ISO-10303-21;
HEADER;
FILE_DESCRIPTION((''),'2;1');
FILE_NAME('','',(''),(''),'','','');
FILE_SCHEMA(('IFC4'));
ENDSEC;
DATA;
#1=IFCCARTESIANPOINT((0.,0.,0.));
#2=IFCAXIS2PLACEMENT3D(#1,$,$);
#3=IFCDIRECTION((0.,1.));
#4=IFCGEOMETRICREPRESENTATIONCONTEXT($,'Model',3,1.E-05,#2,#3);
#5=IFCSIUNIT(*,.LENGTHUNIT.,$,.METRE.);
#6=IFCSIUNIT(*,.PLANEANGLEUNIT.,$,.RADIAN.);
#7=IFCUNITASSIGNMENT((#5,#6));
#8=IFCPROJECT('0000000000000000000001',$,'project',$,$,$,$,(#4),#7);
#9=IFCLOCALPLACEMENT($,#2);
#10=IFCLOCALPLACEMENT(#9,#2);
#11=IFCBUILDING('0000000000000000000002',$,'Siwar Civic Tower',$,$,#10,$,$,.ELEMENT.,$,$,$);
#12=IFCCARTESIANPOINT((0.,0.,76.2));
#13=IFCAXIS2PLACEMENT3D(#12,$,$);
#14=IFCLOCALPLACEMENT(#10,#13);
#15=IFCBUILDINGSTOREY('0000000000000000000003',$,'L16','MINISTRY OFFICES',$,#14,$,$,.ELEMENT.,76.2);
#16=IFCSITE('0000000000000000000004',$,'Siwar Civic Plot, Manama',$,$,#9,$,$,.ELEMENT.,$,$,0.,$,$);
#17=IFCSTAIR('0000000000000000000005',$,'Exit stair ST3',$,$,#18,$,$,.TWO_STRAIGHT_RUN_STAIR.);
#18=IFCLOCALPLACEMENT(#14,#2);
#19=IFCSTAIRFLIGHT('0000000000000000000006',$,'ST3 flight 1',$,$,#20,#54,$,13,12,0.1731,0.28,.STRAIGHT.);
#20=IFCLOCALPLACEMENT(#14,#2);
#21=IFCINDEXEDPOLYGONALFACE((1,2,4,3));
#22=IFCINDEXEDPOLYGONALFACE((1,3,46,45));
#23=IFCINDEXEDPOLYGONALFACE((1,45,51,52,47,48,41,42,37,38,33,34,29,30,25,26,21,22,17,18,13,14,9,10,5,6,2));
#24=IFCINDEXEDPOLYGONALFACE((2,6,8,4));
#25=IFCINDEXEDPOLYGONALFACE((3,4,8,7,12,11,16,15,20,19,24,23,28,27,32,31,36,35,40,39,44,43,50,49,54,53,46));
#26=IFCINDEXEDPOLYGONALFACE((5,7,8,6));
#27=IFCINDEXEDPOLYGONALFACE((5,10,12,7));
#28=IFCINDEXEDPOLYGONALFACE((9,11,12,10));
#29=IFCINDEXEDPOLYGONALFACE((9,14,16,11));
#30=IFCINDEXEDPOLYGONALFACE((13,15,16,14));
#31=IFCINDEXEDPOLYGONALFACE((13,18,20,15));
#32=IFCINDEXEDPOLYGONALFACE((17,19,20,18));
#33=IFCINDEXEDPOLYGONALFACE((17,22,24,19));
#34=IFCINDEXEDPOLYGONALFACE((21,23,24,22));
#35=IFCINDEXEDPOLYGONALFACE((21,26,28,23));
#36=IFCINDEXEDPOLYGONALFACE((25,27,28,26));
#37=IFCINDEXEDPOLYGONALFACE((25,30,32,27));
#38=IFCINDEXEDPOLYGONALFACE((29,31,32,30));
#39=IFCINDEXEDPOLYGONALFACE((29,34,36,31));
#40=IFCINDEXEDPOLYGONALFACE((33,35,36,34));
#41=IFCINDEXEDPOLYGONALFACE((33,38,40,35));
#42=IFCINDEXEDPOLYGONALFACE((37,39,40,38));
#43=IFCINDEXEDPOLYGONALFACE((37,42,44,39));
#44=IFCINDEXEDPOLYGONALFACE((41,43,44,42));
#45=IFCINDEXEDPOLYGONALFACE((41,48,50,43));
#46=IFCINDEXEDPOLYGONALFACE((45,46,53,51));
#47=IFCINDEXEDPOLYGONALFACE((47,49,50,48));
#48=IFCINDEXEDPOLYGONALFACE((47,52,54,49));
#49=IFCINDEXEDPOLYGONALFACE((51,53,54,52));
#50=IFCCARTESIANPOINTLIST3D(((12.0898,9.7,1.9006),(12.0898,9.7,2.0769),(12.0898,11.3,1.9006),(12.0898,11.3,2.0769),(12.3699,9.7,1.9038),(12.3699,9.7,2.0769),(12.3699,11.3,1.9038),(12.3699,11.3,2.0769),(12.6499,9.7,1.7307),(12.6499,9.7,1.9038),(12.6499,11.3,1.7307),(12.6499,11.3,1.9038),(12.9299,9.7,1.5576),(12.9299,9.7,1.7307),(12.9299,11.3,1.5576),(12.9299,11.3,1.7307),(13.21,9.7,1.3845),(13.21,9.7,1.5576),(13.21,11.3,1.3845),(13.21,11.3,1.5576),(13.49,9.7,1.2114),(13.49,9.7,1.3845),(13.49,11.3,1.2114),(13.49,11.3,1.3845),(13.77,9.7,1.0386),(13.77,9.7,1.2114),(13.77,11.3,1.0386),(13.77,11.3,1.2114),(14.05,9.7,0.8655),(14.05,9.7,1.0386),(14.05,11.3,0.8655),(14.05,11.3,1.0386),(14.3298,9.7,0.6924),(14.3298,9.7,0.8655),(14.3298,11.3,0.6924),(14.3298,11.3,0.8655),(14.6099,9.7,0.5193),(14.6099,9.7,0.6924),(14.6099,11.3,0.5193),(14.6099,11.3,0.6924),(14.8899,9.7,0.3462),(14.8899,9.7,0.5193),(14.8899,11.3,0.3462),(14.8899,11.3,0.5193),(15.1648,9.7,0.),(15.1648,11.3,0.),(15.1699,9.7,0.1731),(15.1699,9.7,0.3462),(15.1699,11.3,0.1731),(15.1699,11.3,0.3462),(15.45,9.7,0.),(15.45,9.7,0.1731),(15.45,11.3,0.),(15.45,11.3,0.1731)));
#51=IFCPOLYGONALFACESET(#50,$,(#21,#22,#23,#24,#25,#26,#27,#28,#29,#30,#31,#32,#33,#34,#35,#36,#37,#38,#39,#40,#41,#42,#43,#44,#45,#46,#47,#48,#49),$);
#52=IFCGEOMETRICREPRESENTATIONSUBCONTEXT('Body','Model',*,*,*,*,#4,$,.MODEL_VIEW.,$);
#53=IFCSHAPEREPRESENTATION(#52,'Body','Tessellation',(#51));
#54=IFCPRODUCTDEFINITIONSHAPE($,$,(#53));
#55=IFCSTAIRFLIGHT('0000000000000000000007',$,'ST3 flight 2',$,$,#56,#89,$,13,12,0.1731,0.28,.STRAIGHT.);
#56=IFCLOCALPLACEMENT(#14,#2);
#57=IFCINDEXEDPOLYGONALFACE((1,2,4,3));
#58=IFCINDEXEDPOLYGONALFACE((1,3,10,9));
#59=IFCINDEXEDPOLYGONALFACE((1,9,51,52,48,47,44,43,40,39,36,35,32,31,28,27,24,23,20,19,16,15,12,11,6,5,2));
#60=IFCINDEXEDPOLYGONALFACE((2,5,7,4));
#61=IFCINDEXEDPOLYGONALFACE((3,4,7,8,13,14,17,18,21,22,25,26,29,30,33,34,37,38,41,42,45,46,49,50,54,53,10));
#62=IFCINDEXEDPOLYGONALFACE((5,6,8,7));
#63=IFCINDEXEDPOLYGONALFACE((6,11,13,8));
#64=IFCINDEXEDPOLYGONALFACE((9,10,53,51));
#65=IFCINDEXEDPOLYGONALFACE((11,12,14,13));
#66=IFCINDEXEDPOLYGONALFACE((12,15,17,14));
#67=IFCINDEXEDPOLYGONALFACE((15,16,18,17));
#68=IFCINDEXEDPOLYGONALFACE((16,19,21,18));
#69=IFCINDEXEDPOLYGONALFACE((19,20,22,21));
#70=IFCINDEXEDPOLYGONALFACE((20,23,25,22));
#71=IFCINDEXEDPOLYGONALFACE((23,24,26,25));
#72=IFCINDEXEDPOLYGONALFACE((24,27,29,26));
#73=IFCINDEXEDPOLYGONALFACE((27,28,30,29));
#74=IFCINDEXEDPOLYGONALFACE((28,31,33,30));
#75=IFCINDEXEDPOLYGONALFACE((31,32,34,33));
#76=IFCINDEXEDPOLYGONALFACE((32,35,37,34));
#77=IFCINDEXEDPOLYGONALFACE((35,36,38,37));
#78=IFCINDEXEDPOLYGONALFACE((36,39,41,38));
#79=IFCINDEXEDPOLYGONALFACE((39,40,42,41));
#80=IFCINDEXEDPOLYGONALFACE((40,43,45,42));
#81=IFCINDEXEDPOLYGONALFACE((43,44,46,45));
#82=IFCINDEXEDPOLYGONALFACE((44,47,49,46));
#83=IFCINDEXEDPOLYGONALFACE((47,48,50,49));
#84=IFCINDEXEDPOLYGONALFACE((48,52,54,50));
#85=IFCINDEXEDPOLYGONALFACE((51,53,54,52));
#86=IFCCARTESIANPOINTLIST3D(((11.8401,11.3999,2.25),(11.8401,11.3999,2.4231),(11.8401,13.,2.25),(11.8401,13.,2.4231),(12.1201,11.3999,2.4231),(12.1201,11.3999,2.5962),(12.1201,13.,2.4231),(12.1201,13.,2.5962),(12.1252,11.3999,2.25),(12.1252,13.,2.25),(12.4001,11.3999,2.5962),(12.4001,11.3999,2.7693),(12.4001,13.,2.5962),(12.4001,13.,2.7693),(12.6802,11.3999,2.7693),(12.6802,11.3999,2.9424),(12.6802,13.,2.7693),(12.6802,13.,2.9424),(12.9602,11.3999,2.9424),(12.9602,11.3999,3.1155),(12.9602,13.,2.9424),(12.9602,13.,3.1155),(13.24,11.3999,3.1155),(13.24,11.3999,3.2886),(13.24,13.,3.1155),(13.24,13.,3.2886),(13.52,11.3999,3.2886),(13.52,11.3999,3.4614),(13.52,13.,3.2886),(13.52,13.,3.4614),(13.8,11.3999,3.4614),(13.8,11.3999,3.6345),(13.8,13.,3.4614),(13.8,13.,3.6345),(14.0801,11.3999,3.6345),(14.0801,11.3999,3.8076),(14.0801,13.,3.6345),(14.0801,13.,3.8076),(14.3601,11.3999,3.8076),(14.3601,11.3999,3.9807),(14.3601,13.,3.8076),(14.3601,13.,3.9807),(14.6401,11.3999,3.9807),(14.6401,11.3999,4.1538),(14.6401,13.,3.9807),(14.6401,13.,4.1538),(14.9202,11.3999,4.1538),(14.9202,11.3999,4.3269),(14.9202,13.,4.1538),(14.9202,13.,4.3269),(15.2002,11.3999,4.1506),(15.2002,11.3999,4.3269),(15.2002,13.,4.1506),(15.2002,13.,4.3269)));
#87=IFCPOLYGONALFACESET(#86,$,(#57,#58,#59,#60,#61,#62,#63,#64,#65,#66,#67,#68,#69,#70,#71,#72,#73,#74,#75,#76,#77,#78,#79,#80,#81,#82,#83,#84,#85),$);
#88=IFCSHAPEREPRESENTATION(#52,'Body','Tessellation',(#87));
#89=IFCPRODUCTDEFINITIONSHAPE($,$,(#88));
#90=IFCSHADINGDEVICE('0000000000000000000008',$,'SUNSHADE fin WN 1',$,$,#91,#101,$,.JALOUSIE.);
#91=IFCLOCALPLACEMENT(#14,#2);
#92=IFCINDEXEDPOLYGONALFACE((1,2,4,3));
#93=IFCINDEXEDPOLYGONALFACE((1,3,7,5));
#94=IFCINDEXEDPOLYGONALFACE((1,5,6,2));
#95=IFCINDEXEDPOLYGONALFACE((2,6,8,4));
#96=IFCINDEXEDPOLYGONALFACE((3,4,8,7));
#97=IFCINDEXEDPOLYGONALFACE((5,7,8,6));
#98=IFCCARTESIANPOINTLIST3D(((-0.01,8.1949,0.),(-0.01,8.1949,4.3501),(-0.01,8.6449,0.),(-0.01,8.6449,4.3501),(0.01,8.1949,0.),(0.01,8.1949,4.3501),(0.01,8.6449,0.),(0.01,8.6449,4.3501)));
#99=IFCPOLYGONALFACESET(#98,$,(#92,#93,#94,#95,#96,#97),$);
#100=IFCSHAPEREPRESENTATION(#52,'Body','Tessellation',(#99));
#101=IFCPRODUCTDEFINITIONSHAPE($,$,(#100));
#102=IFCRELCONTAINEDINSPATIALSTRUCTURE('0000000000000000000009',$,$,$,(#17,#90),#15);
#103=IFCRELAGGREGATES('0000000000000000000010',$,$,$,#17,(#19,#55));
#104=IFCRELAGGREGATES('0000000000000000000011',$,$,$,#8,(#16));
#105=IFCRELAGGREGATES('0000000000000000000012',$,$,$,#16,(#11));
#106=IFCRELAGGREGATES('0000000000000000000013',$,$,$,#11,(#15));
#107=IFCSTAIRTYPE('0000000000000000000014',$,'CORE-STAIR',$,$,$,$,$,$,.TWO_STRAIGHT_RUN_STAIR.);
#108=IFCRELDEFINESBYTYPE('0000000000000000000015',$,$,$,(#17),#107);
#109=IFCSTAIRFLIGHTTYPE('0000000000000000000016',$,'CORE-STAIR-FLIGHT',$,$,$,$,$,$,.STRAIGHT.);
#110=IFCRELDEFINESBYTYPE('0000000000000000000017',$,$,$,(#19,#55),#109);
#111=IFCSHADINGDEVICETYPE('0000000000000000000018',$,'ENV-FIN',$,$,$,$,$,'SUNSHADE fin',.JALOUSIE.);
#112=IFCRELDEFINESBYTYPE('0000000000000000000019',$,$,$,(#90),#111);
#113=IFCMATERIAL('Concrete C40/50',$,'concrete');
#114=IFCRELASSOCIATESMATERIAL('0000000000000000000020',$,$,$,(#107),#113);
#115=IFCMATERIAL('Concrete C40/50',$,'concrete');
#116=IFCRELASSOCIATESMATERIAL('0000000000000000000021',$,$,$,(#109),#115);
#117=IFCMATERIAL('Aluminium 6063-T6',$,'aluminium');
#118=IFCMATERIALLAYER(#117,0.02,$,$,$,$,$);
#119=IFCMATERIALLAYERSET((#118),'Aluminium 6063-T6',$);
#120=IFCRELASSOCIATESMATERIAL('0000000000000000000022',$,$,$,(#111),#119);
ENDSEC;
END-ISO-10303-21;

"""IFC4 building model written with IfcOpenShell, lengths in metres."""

from ifc_helpers import new_model, si_unit, direction, frame, origin, origin_2d, place, context, subcontext, project, spatial, polyline, rectangle, outline, extrude, material, layer, layer_set, type_object, element, aggregate, save


model = new_model("IFC4")

# Units and contexts
model_context = context("Model", 3, precision=1e-05, world=origin(), true_north=direction((0.0, 1.0)))
body_context = subcontext(model_context, "Body", "Model", "MODEL_VIEW")
ifc_project = project(units=[si_unit("LENGTHUNIT", "METRE"), si_unit("PLANEANGLEUNIT", "RADIAN")], contexts=[model_context])

# Site, building, storey
site_placement = place(None, origin())
site = spatial("IfcSite", under=ifc_project, at=site_placement, Name="Siwar Civic Plot, Manama", CompositionType="ELEMENT", RefElevation=0.0)
building_placement = place(site_placement, origin())
building = spatial("IfcBuilding", under=site, at=building_placement, Name="Siwar Civic Tower", CompositionType="ELEMENT")
storey_placement = place(building_placement, frame((0.0, 0.0, 76.2)))
storey = spatial("IfcBuildingStorey", under=building, at=storey_placement, Name="L16", Description="MINISTRY OFFICES", CompositionType="ELEMENT", Elevation=76.2)

# Shared definitions
ifc_material_1 = material(Name="Concrete C40/50", Category="concrete")
stair_type = type_object("IfcStairType", Name="CORE-STAIR", PredefinedType="TWO_STRAIGHT_RUN_STAIR", material=ifc_material_1)

# Stair
stair_1_placement = place(storey_placement, origin())
stair_1 = element("IfcStair", 1, at=stair_1_placement, inside=storey, type_object=stair_type, Name="Exit stair ST3", PredefinedType="TWO_STRAIGHT_RUN_STAIR")

# Stair flights
ifc_material_2 = material(Name="Concrete C40/50", Category="concrete")
stair_flight_type = type_object("IfcStairFlightType", Name="CORE-STAIR-FLIGHT", PredefinedType="STRAIGHT", material=ifc_material_2)
stair_flight_1_placement = place(storey_placement, frame((15.45, 10.5, 0.0), z_axis=(0.0, 0.0, 1.0), x_axis=(-1.0, 0.0, 0.0)))
stair_flight_1 = element("IfcStairFlight", 2, at=stair_flight_1_placement, type_object=stair_flight_type, Name="ST3 flight 1", NumberOfRisers=13, NumberOfTreads=12, PredefinedType="STRAIGHT", RiserHeight=0.1731, TreadLength=0.28, context=body_context, shape_type="SweptSolid", body=[
    extrude(outline(polyline([(0.0, 0.0), (0.0, 0.1731), (0.28, 0.1731), (0.28, 0.3462), (0.5601, 0.3462), (0.5601, 0.5193), (0.8401, 0.5193), (0.8401, 0.6924), (1.1201, 0.6924), (1.1201, 0.8655), (1.3999, 0.8655), (1.3999, 1.0386), (1.6799, 1.0386), (1.6799, 1.2114), (1.96, 1.2114), (1.96, 1.3845), (2.24, 1.3845), (2.24, 1.5576), (2.52, 1.5576), (2.52, 1.7307), (2.8, 1.7307), (2.8, 1.9038), (3.0801, 1.9038), (3.0801, 2.0769), (3.3601, 2.0769), (3.3601, 2.25), (3.3601, 1.9006), (0.2852, 0.0), (0.0, 0.0)])), frame((0.0, 0.8, 0.0), z_axis=(0.0, -1.0, 0.0), x_axis=(1.0, 0.0, 0.0)), (0.0, 0.0, 1.0), 1.6001),
])
stair_flight_2_placement = place(storey_placement, frame((11.8401, 12.2, 2.25), z_axis=(0.0, 0.0, 1.0), x_axis=(1.0, 0.0, 0.0)))
stair_flight_2 = element("IfcStairFlight", 3, at=stair_flight_2_placement, type_object=stair_flight_type, Name="ST3 flight 2", NumberOfRisers=13, NumberOfTreads=12, PredefinedType="STRAIGHT", RiserHeight=0.1731, TreadLength=0.28, context=body_context, shape_type="SweptSolid", body=[
    extrude(outline(polyline([(0.0, 0.0), (0.0, 0.1731), (0.28, 0.1731), (0.28, 0.3462), (0.5601, 0.3462), (0.5601, 0.5193), (0.8401, 0.5193), (0.8401, 0.6924), (1.1201, 0.6924), (1.1201, 0.8655), (1.3999, 0.8655), (1.3999, 1.0386), (1.6799, 1.0386), (1.6799, 1.2114), (1.96, 1.2114), (1.96, 1.3845), (2.24, 1.3845), (2.24, 1.5576), (2.52, 1.5576), (2.52, 1.7307), (2.8, 1.7307), (2.8, 1.9038), (3.0801, 1.9038), (3.0801, 2.0769), (3.3601, 2.0769), (3.3601, 2.25), (3.3601, 1.9006), (0.2852, 0.0), (0.0, 0.0)])), frame((0.0, 0.8, 0.0), z_axis=(0.0, -1.0, 0.0), x_axis=(1.0, 0.0, 0.0)), (0.0, 0.0, 1.0), 1.6001),
])
aggregate(stair_1, [stair_flight_1, stair_flight_2])

# Shading device
ifc_material_3 = material(Name="Aluminium 6063-T6", Category="aluminium")
ifc_layer_1 = layer(ifc_material_3, 0.02)
ifc_layer_set_1 = layer_set([ifc_layer_1], Name="Aluminium 6063-T6")
shading_device_type = type_object("IfcShadingDeviceType", Name="ENV-FIN", ElementType="SUNSHADE fin", PredefinedType="JALOUSIE", material=ifc_layer_set_1)
shading_device_placement = place(storey_placement, frame((0.0, 8.4199, 0.0), z_axis=(0.0, 0.0, 1.0), x_axis=(-1.0, 0.0, 0.0)))
element("IfcShadingDevice", 4, at=shading_device_placement, inside=storey, type_object=shading_device_type, Name="SUNSHADE fin WN 1", PredefinedType="JALOUSIE", context=body_context, shape_type="SweptSolid", body=[
    extrude(rectangle(XDim=0.02, YDim=0.45, at=origin_2d()), origin(), (0.0, 0.0, 1.0), 4.3501),
])

save(model, "model.ifc")
